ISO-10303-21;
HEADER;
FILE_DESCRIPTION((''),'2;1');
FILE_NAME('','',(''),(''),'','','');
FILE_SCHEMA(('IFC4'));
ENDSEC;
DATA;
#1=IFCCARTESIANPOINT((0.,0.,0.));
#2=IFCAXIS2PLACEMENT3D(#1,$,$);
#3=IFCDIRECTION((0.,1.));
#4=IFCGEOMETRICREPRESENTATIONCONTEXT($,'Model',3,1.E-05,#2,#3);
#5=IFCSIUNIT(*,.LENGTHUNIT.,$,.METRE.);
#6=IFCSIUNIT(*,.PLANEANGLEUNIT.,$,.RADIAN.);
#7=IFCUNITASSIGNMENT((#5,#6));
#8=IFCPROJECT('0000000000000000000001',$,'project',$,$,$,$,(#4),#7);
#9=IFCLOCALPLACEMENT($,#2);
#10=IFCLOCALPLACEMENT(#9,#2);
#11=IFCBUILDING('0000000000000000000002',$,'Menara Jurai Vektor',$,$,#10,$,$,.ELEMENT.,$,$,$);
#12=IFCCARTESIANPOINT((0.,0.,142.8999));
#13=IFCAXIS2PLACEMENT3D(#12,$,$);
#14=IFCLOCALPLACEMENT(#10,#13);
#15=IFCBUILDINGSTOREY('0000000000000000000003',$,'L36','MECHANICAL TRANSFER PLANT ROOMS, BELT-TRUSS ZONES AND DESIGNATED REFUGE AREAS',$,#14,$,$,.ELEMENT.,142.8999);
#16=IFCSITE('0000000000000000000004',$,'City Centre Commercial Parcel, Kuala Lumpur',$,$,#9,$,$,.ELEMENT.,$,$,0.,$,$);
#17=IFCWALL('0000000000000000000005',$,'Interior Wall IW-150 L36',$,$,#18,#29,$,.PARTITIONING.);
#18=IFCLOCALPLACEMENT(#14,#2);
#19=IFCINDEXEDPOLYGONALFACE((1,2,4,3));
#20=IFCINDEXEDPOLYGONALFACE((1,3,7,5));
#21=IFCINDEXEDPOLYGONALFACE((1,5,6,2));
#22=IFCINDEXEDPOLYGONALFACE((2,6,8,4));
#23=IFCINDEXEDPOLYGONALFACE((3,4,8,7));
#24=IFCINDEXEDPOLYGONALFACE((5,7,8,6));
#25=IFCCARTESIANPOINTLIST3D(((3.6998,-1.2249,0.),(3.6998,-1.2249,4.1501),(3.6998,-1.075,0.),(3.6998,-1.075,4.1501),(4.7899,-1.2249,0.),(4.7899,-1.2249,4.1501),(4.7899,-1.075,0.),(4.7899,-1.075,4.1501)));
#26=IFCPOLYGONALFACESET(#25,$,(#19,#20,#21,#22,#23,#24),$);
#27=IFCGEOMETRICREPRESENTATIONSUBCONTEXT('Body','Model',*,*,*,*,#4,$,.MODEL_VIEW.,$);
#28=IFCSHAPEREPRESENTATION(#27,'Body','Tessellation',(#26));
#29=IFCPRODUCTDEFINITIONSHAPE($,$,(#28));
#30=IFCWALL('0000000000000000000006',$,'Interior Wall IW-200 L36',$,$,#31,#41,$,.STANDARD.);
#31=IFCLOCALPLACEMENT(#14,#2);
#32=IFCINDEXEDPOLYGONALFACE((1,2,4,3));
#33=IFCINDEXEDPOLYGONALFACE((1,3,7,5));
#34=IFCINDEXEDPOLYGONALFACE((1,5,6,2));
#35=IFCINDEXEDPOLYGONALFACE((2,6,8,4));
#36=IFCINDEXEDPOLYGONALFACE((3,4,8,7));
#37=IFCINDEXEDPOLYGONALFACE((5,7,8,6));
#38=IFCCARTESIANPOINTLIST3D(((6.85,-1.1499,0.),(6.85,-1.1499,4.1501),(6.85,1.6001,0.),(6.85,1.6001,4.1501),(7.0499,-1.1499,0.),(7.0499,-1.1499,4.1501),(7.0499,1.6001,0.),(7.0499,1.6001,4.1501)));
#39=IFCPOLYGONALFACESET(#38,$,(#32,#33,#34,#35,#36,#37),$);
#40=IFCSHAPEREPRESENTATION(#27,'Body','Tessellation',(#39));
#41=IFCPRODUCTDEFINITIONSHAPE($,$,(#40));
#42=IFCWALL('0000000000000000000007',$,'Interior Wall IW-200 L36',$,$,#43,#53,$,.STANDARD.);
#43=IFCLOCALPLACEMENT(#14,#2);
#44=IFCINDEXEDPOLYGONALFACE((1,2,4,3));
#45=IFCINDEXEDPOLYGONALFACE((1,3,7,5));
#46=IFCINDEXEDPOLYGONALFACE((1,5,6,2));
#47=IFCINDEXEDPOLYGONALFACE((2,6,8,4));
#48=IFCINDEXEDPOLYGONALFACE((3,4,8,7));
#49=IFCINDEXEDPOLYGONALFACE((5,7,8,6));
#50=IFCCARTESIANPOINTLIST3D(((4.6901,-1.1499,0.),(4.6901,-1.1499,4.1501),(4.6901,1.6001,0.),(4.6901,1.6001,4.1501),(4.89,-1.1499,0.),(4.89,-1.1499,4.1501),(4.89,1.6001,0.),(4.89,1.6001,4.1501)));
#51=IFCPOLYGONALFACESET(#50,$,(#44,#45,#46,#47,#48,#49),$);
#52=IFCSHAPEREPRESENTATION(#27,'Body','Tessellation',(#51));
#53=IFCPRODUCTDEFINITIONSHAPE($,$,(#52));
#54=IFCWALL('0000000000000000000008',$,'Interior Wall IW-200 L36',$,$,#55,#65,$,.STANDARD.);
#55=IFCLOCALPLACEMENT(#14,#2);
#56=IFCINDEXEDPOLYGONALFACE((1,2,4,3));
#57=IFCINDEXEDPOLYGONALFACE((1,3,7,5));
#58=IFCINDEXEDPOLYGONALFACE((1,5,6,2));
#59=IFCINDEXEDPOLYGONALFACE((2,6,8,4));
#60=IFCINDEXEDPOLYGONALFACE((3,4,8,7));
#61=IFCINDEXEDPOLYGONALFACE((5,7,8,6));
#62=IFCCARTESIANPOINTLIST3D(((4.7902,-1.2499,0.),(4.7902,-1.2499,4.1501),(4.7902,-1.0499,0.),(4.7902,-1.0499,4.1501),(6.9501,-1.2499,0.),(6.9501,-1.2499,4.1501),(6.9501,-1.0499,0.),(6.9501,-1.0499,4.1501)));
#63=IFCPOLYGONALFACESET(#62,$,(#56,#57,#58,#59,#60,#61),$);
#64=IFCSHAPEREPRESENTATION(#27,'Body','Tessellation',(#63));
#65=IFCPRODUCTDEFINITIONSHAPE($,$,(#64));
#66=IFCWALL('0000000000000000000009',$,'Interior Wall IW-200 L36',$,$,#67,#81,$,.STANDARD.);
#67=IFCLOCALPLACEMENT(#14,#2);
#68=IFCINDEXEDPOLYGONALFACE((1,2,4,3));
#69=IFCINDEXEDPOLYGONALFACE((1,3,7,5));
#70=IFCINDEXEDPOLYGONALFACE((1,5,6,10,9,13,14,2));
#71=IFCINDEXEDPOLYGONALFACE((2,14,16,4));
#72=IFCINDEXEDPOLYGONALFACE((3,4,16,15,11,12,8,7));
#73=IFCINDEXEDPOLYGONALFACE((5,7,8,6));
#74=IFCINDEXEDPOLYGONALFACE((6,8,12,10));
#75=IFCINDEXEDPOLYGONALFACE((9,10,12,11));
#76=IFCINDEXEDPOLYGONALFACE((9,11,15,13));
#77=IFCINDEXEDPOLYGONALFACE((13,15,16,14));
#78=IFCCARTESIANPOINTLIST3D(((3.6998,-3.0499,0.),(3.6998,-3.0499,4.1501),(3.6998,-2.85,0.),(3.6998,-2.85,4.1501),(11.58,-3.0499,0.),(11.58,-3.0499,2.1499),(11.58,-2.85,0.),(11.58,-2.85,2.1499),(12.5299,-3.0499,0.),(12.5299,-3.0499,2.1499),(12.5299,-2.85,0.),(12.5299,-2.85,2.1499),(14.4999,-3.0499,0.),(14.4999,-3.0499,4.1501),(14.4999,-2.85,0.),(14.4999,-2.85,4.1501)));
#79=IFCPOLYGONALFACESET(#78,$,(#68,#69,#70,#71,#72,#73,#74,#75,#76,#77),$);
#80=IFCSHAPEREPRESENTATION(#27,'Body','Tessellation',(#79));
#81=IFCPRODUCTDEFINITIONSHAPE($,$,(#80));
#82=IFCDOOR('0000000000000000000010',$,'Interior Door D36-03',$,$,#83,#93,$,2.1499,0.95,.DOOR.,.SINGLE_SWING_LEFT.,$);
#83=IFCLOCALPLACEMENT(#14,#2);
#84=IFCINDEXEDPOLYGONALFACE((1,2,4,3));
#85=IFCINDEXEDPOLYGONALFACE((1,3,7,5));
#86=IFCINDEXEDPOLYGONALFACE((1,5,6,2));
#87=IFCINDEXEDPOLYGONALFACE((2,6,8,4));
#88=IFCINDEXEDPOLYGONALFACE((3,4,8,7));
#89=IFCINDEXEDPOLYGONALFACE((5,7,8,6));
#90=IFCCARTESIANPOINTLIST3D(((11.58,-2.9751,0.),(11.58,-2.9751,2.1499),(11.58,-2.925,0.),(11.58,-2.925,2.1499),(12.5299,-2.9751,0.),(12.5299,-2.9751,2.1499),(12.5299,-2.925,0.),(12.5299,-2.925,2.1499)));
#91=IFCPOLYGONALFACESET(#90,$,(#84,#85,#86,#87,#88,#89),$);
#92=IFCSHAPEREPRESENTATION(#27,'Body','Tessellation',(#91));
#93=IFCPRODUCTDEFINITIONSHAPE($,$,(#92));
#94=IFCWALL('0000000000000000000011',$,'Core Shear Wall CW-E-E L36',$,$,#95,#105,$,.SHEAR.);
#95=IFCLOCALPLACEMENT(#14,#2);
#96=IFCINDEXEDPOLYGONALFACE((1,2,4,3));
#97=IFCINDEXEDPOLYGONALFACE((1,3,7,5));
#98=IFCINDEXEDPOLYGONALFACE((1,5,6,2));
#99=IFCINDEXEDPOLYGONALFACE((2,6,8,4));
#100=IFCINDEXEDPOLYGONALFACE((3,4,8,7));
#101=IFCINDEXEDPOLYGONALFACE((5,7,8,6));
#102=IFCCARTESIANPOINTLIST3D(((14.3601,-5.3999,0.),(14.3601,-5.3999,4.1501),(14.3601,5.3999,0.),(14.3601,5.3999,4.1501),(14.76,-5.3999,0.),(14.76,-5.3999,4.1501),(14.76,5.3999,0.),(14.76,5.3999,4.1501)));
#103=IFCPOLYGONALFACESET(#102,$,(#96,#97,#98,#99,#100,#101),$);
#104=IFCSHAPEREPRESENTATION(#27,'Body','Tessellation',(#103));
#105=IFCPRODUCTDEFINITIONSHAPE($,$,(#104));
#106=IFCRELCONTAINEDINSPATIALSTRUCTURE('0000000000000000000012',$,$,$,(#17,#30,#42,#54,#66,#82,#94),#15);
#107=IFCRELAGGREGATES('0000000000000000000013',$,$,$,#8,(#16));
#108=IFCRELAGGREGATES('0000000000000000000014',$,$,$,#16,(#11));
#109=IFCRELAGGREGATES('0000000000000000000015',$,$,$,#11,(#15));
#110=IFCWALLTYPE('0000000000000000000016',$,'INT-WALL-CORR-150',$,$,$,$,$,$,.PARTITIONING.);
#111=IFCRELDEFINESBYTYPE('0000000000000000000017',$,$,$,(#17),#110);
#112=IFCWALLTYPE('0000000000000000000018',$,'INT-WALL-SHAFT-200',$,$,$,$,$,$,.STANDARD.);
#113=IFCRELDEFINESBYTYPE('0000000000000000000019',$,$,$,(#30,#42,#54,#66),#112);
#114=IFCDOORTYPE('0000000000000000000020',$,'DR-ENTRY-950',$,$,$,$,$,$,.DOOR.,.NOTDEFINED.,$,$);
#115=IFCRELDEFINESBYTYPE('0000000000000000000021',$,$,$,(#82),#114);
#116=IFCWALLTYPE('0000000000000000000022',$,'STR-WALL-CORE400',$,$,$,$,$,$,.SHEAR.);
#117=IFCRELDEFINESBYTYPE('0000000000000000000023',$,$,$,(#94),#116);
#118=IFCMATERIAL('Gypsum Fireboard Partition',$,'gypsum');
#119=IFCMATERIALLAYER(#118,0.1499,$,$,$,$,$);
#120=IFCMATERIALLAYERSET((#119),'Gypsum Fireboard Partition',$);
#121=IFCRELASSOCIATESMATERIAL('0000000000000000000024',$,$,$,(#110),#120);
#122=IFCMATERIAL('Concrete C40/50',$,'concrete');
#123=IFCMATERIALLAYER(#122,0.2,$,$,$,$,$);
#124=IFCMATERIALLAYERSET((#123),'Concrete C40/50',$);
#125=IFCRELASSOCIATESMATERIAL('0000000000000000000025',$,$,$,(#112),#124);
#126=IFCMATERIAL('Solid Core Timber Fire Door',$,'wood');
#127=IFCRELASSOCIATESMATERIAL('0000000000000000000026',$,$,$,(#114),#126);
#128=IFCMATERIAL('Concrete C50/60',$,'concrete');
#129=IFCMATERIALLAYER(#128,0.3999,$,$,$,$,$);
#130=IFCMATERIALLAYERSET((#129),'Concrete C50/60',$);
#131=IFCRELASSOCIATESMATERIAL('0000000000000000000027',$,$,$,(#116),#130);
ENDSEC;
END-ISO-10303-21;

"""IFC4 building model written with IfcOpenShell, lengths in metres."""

from ifc_helpers import new_model, si_unit, direction, frame, frame_2d, origin, place, context, subcontext, project, spatial, rectangle, extrude, material, layer, layer_set, type_object, element, fill, save


model = new_model("IFC4")

# Units and contexts
model_context = context("Model", 3, precision=1e-05, world=origin(), true_north=direction((0.0, 1.0)))
body_context = subcontext(model_context, "Body", "Model", "MODEL_VIEW")
ifc_project = project(units=[si_unit("LENGTHUNIT", "METRE"), si_unit("PLANEANGLEUNIT", "RADIAN")], contexts=[model_context])

# Site, building, storey
site_placement = place(None, origin())
site = spatial("IfcSite", under=ifc_project, at=site_placement, Name="City Centre Commercial Parcel, Kuala Lumpur", CompositionType="ELEMENT", RefElevation=0.0)
building_placement = place(site_placement, origin())
building = spatial("IfcBuilding", under=site, at=building_placement, Name="Menara Jurai Vektor", CompositionType="ELEMENT")
storey_placement = place(building_placement, frame((0.0, 0.0, 142.8999)))
storey = spatial("IfcBuildingStorey", under=building, at=storey_placement, Name="L36", Description="MECHANICAL TRANSFER PLANT ROOMS, BELT-TRUSS ZONES AND DESIGNATED REFUGE AREAS", CompositionType="ELEMENT", Elevation=142.8999)

# Shared definitions
ifc_material_1 = material(Name="Concrete C50/60", Category="concrete")

# Shared definitions
ifc_material_2 = material(Name="Concrete C40/50", Category="concrete")

# Shared definitions
ifc_material_3 = material(Name="Gypsum Fireboard Partition", Category="gypsum")
ifc_layer_1 = layer(ifc_material_3, 0.1499)
ifc_layer_set_1 = layer_set([ifc_layer_1], Name="Gypsum Fireboard Partition")
wall_type_1 = type_object("IfcWallType", Name="INT-WALL-CORR-150", PredefinedType="PARTITIONING", material=ifc_layer_set_1)

# Wall
wall_1_placement = place(storey_placement, frame((3.7, -1.1499, 0.0), z_axis=(0.0, 0.0, 1.0), x_axis=(1.0, 0.0, 0.0)))
element("IfcWall", 1, at=wall_1_placement, inside=storey, type_object=wall_type_1, Name="Interior Wall IW-150 L36", PredefinedType="PARTITIONING", context=body_context, shape_type="SweptSolid", body=[
    extrude(rectangle(XDim=1.0901, YDim=0.1499, at=frame_2d((0.5449, 0.0))), origin(), (0.0, 0.0, 1.0), 4.1501),
])

# Shared definitions
ifc_layer_2 = layer(ifc_material_2, 0.2)
ifc_layer_set_2 = layer_set([ifc_layer_2], Name="Concrete C40/50")
wall_type_2 = type_object("IfcWallType", Name="INT-WALL-SHAFT-200", PredefinedType="STANDARD", material=ifc_layer_set_2)
ifc_material_4 = material(Name="Solid Core Timber Fire Door", Category="wood")
door_type_1 = type_object("IfcDoorType", Name="DR-ENTRY-950", OperationType="NOTDEFINED", PredefinedType="DOOR", material=ifc_material_4)

# Wall
wall_2_placement = place(storey_placement, frame((6.95, -1.1499, 0.0), z_axis=(0.0, 0.0, 1.0), x_axis=(0.0, 1.0, 0.0)))
element("IfcWall", 2, at=wall_2_placement, inside=storey, type_object=wall_type_2, Name="Interior Wall IW-200 L36", PredefinedType="STANDARD", context=body_context, shape_type="SweptSolid", body=[
    extrude(rectangle(XDim=2.75, YDim=0.2, at=frame_2d((1.375, 0.0))), origin(), (0.0, 0.0, 1.0), 4.1501),
])

# Walls
wall_3_placement = place(storey_placement, frame((4.79, -1.1499, 0.0), z_axis=(0.0, 0.0, 1.0), x_axis=(0.0, 1.0, 0.0)))
element("IfcWall", 3, at=wall_3_placement, inside=storey, type_object=wall_type_2, Name="Interior Wall IW-200 L36", PredefinedType="STANDARD", context=body_context, shape_type="SweptSolid", body=[
    extrude(rectangle(XDim=2.75, YDim=0.2, at=frame_2d((1.375, 0.0))), origin(), (0.0, 0.0, 1.0), 4.1501),
])
wall_4_placement = place(storey_placement, frame((4.79, -1.1499, 0.0), z_axis=(0.0, 0.0, 1.0), x_axis=(1.0, 0.0, 0.0)))
element("IfcWall", 4, at=wall_4_placement, inside=storey, type_object=wall_type_2, Name="Interior Wall IW-200 L36", PredefinedType="STANDARD", context=body_context, shape_type="SweptSolid", body=[
    extrude(rectangle(XDim=2.1599, YDim=0.2, at=frame_2d((1.0801, 0.0))), origin(), (0.0, 0.0, 1.0), 4.1501),
])

# Wall, opening, door
wall_5_placement = place(storey_placement, frame((3.7, -2.95, 0.0), z_axis=(0.0, 0.0, 1.0), x_axis=(1.0, 0.0, 0.0)))
wall_5 = element("IfcWall", 5, at=wall_5_placement, inside=storey, type_object=wall_type_2, Name="Interior Wall IW-200 L36", PredefinedType="STANDARD", context=body_context, shape_type="SweptSolid", body=[
    extrude(rectangle(XDim=10.8, YDim=0.2, at=frame_2d((5.3999, 0.0))), origin(), (0.0, 0.0, 1.0), 4.1501),
])
opening_1_placement = place(wall_5_placement, frame((7.8799, 0.0, 0.0)))
opening_1 = element("IfcOpeningElement", 6, at=opening_1_placement, cuts=wall_5, PredefinedType="OPENING", context=body_context, shape_type="SweptSolid", body=[
    extrude(rectangle(XDim=0.95, YDim=2.1499, at=frame_2d((0.4751, 1.075))), frame((0.0, 0.1099, 0.0), z_axis=(0.0, -1.0, 0.0), x_axis=(1.0, 0.0, 0.0)), (0.0, 0.0, 1.0), 0.22),
])
door_1_placement = place(opening_1_placement, origin())
door_1 = element("IfcDoor", 7, at=door_1_placement, inside=storey, type_object=door_type_1, Name="Interior Door D36-03", OperationType="SINGLE_SWING_LEFT", OverallHeight=2.1499, OverallWidth=0.95, PredefinedType="DOOR", context=body_context, shape_type="SweptSolid", body=[
    extrude(rectangle(XDim=0.95, YDim=2.1499, at=frame_2d((0.4751, 1.075))), frame((0.0, 0.0249, 0.0), z_axis=(0.0, -1.0, 0.0), x_axis=(1.0, 0.0, 0.0)), (0.0, 0.0, 1.0), 0.05),
])
fill(opening_1, door_1)

# Wall
ifc_layer_3 = layer(ifc_material_1, 0.3999)
ifc_layer_set_3 = layer_set([ifc_layer_3], Name="Concrete C50/60")
wall_type_3 = type_object("IfcWallType", Name="STR-WALL-CORE400", PredefinedType="SHEAR", material=ifc_layer_set_3)
wall_6_placement = place(storey_placement, frame((14.5601, -5.3999, 0.0), z_axis=(0.0, 0.0, 1.0), x_axis=(0.0, 1.0, 0.0)))
element("IfcWall", 8, at=wall_6_placement, inside=storey, type_object=wall_type_3, Name="Core Shear Wall CW-E-E L36", PredefinedType="SHEAR", context=body_context, shape_type="SweptSolid", body=[
    extrude(rectangle(XDim=10.7998, YDim=0.3999, at=frame_2d((5.3999, 0.0))), origin(), (0.0, 0.0, 1.0), 4.1501),
])

save(model, "model.ifc")
